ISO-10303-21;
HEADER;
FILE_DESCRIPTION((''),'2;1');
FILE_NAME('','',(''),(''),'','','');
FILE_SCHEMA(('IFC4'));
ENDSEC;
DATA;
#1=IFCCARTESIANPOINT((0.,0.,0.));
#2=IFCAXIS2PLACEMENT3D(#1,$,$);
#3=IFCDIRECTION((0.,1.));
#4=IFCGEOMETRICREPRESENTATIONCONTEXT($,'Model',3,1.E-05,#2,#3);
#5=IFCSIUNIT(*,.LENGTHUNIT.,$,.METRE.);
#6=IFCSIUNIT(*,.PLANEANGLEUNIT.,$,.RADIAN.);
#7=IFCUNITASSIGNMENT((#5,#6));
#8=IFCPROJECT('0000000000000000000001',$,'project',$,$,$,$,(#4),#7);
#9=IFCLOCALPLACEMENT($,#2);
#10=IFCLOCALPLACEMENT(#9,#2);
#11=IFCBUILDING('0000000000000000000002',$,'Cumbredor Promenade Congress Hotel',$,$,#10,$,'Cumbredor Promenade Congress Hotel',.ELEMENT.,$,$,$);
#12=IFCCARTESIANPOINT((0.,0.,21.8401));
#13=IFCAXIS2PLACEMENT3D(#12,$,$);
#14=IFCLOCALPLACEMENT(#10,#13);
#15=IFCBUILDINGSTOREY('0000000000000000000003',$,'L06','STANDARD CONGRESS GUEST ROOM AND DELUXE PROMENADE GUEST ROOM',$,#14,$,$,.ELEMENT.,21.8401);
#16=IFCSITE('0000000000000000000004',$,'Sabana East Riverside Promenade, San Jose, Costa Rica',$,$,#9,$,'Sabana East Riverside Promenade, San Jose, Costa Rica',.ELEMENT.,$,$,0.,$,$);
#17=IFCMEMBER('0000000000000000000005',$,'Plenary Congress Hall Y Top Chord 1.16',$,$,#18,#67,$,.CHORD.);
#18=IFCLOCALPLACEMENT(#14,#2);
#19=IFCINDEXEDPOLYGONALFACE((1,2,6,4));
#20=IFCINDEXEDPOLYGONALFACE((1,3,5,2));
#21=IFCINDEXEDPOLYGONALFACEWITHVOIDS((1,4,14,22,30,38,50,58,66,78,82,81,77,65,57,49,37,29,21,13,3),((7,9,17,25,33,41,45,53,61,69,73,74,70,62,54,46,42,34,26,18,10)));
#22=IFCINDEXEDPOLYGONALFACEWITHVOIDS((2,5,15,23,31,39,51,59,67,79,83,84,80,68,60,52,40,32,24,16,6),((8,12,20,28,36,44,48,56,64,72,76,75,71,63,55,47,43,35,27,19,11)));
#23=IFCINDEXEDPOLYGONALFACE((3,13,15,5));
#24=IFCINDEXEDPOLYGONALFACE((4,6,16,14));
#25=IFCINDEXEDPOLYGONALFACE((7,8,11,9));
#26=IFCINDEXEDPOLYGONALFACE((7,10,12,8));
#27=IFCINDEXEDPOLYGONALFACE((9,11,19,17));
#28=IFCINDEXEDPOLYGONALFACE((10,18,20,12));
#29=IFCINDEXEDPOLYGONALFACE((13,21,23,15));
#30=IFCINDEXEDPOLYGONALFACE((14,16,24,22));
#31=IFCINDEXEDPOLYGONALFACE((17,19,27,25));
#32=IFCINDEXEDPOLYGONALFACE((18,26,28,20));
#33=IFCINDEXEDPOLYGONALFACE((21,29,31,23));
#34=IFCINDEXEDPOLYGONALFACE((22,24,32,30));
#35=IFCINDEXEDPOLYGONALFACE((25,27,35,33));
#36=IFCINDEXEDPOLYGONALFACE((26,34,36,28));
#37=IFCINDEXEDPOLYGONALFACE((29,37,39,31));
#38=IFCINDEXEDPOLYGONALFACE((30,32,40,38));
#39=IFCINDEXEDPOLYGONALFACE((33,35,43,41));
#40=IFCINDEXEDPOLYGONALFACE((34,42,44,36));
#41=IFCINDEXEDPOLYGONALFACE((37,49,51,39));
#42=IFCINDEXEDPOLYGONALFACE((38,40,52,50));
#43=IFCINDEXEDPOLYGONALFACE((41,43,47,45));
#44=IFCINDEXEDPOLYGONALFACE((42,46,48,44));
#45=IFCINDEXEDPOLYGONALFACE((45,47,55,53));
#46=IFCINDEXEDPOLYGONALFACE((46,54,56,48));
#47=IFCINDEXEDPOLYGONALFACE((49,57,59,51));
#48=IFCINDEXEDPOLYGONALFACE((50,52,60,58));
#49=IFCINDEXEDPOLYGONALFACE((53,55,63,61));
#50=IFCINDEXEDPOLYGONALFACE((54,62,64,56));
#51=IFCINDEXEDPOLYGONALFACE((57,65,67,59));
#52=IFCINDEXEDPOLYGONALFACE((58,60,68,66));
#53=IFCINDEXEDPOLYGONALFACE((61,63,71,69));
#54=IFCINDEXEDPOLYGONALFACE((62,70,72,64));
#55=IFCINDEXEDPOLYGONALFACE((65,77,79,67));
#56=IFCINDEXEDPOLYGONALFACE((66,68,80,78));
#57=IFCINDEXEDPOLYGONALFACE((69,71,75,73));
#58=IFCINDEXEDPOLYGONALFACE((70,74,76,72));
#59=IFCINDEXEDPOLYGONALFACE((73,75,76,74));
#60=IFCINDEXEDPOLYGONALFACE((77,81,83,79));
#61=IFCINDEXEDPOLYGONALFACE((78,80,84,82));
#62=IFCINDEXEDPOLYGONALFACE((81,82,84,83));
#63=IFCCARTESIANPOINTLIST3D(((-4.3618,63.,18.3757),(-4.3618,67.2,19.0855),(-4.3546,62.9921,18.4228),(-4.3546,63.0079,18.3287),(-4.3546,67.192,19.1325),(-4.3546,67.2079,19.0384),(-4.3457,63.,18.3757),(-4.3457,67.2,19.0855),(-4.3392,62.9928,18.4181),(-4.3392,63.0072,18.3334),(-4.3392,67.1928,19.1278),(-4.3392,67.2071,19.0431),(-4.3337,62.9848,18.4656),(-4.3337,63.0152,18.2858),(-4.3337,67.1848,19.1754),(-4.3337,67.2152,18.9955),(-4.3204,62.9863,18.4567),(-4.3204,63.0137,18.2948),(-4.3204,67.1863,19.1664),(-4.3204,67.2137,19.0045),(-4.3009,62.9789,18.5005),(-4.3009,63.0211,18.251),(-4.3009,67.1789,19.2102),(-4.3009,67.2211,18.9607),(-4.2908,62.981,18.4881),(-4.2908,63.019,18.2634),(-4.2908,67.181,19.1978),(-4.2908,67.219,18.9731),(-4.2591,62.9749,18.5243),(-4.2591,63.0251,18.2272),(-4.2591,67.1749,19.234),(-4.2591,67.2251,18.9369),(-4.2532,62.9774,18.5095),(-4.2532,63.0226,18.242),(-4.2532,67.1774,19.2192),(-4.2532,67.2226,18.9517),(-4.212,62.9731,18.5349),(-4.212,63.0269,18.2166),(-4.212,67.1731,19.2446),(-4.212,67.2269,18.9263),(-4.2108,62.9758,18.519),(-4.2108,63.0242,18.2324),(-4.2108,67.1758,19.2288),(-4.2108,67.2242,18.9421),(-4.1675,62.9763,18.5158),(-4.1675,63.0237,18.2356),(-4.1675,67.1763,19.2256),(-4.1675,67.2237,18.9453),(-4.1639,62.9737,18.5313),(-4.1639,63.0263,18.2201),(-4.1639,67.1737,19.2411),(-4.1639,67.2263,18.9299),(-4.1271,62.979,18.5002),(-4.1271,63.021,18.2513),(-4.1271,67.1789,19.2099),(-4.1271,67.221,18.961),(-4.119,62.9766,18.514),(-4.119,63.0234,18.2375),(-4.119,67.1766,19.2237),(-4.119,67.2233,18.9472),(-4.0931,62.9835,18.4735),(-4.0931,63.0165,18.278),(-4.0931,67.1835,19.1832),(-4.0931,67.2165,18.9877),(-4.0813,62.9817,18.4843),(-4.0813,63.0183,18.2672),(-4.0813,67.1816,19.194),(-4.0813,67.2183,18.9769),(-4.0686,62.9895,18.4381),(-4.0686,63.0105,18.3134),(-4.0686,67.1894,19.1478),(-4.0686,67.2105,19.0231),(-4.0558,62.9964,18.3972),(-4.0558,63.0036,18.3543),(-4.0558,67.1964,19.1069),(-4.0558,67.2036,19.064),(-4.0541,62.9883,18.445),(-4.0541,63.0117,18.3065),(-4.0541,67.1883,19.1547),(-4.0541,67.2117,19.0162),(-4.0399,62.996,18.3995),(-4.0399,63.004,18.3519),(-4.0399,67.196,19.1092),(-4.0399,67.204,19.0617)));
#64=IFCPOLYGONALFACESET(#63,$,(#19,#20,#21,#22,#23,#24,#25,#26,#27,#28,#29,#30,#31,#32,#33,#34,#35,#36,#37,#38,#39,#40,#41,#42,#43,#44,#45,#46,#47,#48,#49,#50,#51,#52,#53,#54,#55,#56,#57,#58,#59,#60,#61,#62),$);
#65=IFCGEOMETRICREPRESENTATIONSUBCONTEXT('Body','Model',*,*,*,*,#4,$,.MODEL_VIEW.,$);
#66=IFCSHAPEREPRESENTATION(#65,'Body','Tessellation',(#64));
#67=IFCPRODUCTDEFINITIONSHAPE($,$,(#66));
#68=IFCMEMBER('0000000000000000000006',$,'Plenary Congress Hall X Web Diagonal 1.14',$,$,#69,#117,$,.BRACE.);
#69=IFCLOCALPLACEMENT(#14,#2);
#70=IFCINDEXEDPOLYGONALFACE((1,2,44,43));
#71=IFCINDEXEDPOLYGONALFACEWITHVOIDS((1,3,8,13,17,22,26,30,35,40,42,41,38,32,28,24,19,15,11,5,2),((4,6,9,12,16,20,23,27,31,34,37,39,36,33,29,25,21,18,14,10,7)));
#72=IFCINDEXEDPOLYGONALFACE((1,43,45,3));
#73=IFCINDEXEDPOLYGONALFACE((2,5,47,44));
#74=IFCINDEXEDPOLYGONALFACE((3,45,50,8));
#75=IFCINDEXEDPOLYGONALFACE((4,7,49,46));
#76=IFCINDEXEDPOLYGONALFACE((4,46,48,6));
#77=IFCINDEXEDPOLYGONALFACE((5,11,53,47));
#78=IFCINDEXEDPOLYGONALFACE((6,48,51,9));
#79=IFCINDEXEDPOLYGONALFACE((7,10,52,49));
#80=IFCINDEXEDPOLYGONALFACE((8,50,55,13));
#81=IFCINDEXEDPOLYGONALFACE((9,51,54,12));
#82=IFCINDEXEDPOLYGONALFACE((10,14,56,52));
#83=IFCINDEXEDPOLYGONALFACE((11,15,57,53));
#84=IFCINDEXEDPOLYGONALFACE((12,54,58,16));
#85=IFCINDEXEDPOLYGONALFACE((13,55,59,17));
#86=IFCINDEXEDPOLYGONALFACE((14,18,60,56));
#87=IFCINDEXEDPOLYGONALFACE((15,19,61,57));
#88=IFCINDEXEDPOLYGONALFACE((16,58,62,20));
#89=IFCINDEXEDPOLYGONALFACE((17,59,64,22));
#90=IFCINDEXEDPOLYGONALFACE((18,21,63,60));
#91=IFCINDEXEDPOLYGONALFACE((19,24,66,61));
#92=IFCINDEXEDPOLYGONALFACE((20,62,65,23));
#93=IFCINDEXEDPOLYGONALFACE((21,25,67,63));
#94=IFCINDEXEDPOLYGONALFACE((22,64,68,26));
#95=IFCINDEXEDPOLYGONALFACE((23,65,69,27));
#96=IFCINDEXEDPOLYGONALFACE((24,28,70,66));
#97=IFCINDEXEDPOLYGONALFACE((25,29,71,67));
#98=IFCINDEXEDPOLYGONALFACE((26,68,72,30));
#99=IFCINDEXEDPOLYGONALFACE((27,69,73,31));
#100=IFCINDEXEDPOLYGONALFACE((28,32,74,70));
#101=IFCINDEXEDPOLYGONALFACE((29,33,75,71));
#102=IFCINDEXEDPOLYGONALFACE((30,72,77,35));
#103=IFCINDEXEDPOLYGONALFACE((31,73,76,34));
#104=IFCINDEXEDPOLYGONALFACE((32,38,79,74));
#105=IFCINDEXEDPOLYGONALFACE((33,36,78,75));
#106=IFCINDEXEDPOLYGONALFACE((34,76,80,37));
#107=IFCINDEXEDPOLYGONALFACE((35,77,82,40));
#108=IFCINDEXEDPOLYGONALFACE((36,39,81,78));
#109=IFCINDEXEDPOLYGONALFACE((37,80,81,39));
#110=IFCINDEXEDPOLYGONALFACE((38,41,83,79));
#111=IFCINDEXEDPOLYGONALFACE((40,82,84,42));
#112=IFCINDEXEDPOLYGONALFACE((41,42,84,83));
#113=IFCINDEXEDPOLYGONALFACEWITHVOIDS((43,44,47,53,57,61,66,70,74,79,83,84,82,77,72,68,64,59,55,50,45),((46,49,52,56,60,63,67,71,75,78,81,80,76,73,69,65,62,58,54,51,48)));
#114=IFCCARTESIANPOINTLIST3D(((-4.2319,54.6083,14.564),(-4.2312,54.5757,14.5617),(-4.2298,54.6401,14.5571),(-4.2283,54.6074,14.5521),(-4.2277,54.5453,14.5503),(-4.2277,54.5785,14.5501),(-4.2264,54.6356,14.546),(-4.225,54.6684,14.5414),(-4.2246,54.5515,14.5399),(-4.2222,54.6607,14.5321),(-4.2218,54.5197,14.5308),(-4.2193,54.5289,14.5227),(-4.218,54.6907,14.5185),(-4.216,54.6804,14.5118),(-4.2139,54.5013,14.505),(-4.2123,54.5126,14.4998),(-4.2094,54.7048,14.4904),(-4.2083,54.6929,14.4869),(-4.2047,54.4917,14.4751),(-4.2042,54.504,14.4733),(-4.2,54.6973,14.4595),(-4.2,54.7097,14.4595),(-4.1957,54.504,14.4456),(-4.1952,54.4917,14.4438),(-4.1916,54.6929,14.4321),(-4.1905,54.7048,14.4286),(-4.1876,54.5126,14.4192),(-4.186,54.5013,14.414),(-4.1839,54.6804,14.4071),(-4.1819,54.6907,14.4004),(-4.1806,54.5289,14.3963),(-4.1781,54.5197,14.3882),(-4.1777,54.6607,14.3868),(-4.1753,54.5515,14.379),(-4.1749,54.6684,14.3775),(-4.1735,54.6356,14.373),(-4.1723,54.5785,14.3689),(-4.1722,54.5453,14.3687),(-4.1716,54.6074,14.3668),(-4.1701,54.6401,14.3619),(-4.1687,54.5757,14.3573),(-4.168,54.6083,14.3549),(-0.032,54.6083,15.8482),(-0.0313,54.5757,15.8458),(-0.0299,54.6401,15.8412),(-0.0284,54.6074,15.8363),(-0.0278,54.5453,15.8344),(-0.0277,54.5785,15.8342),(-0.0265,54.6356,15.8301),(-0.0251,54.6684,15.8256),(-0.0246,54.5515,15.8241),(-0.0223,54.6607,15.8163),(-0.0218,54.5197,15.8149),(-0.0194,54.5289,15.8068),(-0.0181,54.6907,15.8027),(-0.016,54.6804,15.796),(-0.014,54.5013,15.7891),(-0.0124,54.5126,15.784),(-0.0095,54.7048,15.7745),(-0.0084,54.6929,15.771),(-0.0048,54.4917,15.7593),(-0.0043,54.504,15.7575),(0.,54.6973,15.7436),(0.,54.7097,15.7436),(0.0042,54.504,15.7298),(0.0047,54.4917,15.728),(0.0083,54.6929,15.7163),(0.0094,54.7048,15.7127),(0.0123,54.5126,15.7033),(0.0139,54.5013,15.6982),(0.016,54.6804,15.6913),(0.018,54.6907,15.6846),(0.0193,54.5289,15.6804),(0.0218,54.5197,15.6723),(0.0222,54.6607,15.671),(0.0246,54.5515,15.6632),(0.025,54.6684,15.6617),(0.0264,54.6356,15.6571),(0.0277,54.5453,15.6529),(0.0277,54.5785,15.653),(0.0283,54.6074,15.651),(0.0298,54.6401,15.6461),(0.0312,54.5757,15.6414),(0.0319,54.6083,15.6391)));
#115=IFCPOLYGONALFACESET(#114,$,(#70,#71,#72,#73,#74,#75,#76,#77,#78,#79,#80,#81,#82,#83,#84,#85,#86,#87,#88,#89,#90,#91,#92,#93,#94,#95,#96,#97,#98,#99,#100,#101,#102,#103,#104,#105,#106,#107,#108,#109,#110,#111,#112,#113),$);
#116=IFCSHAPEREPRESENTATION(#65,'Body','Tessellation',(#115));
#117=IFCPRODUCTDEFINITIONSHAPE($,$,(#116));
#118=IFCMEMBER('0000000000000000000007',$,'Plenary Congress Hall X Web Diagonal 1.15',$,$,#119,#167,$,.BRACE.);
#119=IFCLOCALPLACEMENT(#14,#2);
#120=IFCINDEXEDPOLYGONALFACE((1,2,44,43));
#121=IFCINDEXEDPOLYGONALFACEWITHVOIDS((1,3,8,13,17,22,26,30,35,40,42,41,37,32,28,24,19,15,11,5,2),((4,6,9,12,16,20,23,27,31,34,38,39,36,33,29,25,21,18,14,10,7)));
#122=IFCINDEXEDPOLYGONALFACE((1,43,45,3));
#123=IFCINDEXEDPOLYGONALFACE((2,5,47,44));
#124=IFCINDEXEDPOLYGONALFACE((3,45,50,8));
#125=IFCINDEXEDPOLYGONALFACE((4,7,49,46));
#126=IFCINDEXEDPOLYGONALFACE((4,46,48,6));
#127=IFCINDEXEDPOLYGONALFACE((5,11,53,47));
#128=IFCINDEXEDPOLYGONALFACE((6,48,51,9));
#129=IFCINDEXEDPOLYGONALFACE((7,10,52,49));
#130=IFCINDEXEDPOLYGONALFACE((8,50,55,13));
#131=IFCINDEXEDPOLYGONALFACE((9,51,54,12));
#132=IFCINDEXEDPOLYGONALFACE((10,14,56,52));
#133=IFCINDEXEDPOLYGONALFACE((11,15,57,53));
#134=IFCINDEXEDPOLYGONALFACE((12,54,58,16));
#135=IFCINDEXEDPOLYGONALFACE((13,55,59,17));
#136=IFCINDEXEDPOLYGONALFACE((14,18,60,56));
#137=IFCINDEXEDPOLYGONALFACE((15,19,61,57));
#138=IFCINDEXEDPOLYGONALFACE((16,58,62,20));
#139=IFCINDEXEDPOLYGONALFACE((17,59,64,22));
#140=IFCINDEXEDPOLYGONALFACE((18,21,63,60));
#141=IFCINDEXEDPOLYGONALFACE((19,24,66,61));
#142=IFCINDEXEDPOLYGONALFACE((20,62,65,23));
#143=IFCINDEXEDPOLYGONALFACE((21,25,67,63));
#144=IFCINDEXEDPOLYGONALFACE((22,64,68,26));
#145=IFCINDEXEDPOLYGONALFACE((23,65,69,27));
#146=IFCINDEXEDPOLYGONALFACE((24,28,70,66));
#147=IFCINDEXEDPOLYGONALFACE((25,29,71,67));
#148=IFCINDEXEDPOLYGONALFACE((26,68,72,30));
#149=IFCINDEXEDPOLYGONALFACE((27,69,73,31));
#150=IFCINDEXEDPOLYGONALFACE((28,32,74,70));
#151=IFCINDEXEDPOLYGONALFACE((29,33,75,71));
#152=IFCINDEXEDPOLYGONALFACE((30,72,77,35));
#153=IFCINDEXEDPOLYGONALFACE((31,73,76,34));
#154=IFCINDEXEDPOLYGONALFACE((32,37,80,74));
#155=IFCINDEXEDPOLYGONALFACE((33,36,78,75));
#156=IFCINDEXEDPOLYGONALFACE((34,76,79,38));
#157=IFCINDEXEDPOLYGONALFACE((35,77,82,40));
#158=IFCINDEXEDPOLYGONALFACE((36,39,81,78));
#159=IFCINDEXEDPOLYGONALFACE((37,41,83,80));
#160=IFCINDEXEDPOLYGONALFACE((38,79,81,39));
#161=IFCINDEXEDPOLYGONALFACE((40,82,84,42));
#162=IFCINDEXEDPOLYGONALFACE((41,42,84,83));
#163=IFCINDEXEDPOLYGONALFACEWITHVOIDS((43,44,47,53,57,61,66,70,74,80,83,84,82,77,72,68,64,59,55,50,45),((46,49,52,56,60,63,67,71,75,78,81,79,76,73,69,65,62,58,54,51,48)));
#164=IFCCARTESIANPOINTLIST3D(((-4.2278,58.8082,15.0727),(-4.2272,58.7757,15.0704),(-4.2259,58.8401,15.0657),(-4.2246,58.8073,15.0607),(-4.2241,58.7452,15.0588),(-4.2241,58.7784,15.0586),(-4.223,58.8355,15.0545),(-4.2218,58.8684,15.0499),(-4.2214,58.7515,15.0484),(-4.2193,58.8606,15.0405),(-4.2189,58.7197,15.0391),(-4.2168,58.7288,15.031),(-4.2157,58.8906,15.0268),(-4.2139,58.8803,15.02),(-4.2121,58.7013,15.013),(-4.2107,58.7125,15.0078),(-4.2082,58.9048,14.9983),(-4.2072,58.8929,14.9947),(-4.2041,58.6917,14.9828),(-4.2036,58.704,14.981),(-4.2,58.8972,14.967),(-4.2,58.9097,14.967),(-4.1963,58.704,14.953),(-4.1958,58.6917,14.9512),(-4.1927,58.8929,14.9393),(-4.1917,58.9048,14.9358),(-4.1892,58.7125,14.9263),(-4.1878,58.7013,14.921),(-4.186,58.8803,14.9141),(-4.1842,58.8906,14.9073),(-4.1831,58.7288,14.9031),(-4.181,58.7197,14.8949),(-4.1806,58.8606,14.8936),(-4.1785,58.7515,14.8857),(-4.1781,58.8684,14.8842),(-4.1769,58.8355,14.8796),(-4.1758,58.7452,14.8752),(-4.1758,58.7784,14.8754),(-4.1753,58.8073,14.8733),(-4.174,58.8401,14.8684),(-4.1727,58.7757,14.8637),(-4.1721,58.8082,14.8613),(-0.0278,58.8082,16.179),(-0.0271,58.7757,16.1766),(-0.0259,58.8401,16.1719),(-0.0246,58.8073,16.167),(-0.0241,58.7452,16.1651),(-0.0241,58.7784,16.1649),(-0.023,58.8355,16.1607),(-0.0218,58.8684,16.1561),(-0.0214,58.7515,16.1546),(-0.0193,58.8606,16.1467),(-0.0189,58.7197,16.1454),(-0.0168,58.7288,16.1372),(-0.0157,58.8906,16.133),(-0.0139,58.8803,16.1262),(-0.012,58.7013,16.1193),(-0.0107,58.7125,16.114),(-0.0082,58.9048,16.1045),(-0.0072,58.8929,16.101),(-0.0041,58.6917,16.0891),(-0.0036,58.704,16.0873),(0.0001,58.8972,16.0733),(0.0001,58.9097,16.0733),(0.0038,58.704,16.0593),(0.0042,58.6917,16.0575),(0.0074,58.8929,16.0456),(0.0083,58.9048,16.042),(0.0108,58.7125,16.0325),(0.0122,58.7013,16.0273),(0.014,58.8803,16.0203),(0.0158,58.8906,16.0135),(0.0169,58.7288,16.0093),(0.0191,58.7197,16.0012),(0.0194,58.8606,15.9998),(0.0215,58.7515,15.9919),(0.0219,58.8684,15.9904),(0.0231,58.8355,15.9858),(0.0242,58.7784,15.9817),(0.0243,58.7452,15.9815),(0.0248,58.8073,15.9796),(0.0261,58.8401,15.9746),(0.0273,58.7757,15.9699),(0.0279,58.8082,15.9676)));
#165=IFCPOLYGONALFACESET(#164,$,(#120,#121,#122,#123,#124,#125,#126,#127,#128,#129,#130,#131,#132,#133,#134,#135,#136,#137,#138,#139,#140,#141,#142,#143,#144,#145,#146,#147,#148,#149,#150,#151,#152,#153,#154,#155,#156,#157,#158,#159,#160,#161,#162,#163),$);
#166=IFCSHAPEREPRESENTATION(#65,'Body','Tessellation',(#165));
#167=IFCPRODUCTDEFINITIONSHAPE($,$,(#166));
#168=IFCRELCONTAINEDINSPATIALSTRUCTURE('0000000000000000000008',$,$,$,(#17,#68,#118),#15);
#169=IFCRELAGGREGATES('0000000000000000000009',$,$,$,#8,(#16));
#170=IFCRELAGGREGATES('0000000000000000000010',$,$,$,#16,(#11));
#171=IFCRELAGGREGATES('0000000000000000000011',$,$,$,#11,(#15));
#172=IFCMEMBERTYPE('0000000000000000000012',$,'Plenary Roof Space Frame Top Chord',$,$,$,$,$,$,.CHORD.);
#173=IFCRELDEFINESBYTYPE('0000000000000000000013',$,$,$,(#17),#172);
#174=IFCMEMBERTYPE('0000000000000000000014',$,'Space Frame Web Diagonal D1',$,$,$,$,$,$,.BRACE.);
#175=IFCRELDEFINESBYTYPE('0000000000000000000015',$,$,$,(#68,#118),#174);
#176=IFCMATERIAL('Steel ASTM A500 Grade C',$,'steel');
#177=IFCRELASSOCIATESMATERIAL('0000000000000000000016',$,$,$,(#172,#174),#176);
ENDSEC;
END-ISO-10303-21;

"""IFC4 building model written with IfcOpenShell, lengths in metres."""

from ifc_helpers import new_model, si_unit, direction, frame, origin, origin_2d, place, context, subcontext, project, spatial, hollow_circle, extrude, material, material_profile, profile_set, type_object, element, save


model = new_model("IFC4")

# Units and contexts
model_context = context("Model", 3, precision=1e-05, world=origin(), true_north=direction((0.0, 1.0)))
body_context = subcontext(model_context, "Body", "Model", "MODEL_VIEW")
ifc_project = project(units=[si_unit("LENGTHUNIT", "METRE"), si_unit("PLANEANGLEUNIT", "RADIAN")], contexts=[model_context])

# Site, building, storey
site_placement = place(None, origin())
site = spatial("IfcSite", under=ifc_project, at=site_placement, Name="Sabana East Riverside Promenade, San Jose, Costa Rica", LongName="Sabana East Riverside Promenade, San Jose, Costa Rica", CompositionType="ELEMENT", RefElevation=0.0)
building_placement = place(site_placement, origin())
building = spatial("IfcBuilding", under=site, at=building_placement, Name="Cumbredor Promenade Congress Hotel", LongName="Cumbredor Promenade Congress Hotel", CompositionType="ELEMENT")
storey_placement = place(building_placement, frame((0.0, 0.0, 21.8401)))
storey = spatial("IfcBuildingStorey", under=building, at=storey_placement, Name="L06", Description="STANDARD CONGRESS GUEST ROOM AND DELUXE PROMENADE GUEST ROOM", CompositionType="ELEMENT", Elevation=21.8401)

# Members
ifc_material_1 = material(Name="Steel ASTM A500 Grade C", Category="steel")
ifc_material_profile_1 = material_profile(ifc_material_1, hollow_circle(Radius=0.1619, WallThickness=0.0161, at=origin_2d()), Name="CHS 323.9x16")
ifc_profile_set_1 = profile_set([ifc_material_profile_1], Name="Steel ASTM A500 Grade C")
member_type_1 = type_object("IfcMemberType", Name="Plenary Roof Space Frame Top Chord", PredefinedType="CHORD", material=ifc_profile_set_1)
member_1_placement = place(storey_placement, frame((-4.2, 63.0, 18.3757), z_axis=(0.0, 0.986021, 0.16662), x_axis=(-1.0, 0.0, 0.0)))
element("IfcMember", 1, at=member_1_placement, inside=storey, type_object=member_type_1, Name="Plenary Congress Hall Y Top Chord 1.16", PredefinedType="CHORD", context=body_context, shape_type="SweptSolid", body=[
    extrude(hollow_circle(Radius=0.1619, WallThickness=0.0161, at=origin_2d()), origin(), (0.0, 0.0, 1.0), 4.2595),
])
ifc_material_profile_2 = material_profile(ifc_material_1, hollow_circle(Radius=0.1096, WallThickness=0.0125, at=origin_2d()), Name="CHS 219.1x12.5")
ifc_profile_set_2 = profile_set([ifc_material_profile_2], Name="Steel ASTM A500 Grade C")
member_type_2 = type_object("IfcMemberType", Name="Space Frame Web Diagonal D1", PredefinedType="BRACE", material=ifc_profile_set_2)
member_2_placement = place(storey_placement, frame((-4.2, 54.6001, 14.4595), z_axis=(0.956297, 0.0, 0.292398), x_axis=(0.0, 1.0, 0.0)))
element("IfcMember", 2, at=member_2_placement, inside=storey, type_object=member_type_2, Name="Plenary Congress Hall X Web Diagonal 1.14", PredefinedType="BRACE", context=body_context, shape_type="SweptSolid", body=[
    extrude(hollow_circle(Radius=0.1096, WallThickness=0.0125, at=origin_2d()), origin(), (0.0, 0.0, 1.0), 4.3918),
])
member_3_placement = place(storey_placement, frame((-4.2, 58.8, 14.967), z_axis=(0.967021, 0.0, 0.254698), x_axis=(0.0, 1.0, 0.0)))
element("IfcMember", 3, at=member_3_placement, inside=storey, type_object=member_type_2, Name="Plenary Congress Hall X Web Diagonal 1.15", PredefinedType="BRACE", context=body_context, shape_type="SweptSolid", body=[
    extrude(hollow_circle(Radius=0.1096, WallThickness=0.0125, at=origin_2d()), origin(), (0.0, 0.0, 1.0), 4.3433),
])

save(model, "model.ifc")
